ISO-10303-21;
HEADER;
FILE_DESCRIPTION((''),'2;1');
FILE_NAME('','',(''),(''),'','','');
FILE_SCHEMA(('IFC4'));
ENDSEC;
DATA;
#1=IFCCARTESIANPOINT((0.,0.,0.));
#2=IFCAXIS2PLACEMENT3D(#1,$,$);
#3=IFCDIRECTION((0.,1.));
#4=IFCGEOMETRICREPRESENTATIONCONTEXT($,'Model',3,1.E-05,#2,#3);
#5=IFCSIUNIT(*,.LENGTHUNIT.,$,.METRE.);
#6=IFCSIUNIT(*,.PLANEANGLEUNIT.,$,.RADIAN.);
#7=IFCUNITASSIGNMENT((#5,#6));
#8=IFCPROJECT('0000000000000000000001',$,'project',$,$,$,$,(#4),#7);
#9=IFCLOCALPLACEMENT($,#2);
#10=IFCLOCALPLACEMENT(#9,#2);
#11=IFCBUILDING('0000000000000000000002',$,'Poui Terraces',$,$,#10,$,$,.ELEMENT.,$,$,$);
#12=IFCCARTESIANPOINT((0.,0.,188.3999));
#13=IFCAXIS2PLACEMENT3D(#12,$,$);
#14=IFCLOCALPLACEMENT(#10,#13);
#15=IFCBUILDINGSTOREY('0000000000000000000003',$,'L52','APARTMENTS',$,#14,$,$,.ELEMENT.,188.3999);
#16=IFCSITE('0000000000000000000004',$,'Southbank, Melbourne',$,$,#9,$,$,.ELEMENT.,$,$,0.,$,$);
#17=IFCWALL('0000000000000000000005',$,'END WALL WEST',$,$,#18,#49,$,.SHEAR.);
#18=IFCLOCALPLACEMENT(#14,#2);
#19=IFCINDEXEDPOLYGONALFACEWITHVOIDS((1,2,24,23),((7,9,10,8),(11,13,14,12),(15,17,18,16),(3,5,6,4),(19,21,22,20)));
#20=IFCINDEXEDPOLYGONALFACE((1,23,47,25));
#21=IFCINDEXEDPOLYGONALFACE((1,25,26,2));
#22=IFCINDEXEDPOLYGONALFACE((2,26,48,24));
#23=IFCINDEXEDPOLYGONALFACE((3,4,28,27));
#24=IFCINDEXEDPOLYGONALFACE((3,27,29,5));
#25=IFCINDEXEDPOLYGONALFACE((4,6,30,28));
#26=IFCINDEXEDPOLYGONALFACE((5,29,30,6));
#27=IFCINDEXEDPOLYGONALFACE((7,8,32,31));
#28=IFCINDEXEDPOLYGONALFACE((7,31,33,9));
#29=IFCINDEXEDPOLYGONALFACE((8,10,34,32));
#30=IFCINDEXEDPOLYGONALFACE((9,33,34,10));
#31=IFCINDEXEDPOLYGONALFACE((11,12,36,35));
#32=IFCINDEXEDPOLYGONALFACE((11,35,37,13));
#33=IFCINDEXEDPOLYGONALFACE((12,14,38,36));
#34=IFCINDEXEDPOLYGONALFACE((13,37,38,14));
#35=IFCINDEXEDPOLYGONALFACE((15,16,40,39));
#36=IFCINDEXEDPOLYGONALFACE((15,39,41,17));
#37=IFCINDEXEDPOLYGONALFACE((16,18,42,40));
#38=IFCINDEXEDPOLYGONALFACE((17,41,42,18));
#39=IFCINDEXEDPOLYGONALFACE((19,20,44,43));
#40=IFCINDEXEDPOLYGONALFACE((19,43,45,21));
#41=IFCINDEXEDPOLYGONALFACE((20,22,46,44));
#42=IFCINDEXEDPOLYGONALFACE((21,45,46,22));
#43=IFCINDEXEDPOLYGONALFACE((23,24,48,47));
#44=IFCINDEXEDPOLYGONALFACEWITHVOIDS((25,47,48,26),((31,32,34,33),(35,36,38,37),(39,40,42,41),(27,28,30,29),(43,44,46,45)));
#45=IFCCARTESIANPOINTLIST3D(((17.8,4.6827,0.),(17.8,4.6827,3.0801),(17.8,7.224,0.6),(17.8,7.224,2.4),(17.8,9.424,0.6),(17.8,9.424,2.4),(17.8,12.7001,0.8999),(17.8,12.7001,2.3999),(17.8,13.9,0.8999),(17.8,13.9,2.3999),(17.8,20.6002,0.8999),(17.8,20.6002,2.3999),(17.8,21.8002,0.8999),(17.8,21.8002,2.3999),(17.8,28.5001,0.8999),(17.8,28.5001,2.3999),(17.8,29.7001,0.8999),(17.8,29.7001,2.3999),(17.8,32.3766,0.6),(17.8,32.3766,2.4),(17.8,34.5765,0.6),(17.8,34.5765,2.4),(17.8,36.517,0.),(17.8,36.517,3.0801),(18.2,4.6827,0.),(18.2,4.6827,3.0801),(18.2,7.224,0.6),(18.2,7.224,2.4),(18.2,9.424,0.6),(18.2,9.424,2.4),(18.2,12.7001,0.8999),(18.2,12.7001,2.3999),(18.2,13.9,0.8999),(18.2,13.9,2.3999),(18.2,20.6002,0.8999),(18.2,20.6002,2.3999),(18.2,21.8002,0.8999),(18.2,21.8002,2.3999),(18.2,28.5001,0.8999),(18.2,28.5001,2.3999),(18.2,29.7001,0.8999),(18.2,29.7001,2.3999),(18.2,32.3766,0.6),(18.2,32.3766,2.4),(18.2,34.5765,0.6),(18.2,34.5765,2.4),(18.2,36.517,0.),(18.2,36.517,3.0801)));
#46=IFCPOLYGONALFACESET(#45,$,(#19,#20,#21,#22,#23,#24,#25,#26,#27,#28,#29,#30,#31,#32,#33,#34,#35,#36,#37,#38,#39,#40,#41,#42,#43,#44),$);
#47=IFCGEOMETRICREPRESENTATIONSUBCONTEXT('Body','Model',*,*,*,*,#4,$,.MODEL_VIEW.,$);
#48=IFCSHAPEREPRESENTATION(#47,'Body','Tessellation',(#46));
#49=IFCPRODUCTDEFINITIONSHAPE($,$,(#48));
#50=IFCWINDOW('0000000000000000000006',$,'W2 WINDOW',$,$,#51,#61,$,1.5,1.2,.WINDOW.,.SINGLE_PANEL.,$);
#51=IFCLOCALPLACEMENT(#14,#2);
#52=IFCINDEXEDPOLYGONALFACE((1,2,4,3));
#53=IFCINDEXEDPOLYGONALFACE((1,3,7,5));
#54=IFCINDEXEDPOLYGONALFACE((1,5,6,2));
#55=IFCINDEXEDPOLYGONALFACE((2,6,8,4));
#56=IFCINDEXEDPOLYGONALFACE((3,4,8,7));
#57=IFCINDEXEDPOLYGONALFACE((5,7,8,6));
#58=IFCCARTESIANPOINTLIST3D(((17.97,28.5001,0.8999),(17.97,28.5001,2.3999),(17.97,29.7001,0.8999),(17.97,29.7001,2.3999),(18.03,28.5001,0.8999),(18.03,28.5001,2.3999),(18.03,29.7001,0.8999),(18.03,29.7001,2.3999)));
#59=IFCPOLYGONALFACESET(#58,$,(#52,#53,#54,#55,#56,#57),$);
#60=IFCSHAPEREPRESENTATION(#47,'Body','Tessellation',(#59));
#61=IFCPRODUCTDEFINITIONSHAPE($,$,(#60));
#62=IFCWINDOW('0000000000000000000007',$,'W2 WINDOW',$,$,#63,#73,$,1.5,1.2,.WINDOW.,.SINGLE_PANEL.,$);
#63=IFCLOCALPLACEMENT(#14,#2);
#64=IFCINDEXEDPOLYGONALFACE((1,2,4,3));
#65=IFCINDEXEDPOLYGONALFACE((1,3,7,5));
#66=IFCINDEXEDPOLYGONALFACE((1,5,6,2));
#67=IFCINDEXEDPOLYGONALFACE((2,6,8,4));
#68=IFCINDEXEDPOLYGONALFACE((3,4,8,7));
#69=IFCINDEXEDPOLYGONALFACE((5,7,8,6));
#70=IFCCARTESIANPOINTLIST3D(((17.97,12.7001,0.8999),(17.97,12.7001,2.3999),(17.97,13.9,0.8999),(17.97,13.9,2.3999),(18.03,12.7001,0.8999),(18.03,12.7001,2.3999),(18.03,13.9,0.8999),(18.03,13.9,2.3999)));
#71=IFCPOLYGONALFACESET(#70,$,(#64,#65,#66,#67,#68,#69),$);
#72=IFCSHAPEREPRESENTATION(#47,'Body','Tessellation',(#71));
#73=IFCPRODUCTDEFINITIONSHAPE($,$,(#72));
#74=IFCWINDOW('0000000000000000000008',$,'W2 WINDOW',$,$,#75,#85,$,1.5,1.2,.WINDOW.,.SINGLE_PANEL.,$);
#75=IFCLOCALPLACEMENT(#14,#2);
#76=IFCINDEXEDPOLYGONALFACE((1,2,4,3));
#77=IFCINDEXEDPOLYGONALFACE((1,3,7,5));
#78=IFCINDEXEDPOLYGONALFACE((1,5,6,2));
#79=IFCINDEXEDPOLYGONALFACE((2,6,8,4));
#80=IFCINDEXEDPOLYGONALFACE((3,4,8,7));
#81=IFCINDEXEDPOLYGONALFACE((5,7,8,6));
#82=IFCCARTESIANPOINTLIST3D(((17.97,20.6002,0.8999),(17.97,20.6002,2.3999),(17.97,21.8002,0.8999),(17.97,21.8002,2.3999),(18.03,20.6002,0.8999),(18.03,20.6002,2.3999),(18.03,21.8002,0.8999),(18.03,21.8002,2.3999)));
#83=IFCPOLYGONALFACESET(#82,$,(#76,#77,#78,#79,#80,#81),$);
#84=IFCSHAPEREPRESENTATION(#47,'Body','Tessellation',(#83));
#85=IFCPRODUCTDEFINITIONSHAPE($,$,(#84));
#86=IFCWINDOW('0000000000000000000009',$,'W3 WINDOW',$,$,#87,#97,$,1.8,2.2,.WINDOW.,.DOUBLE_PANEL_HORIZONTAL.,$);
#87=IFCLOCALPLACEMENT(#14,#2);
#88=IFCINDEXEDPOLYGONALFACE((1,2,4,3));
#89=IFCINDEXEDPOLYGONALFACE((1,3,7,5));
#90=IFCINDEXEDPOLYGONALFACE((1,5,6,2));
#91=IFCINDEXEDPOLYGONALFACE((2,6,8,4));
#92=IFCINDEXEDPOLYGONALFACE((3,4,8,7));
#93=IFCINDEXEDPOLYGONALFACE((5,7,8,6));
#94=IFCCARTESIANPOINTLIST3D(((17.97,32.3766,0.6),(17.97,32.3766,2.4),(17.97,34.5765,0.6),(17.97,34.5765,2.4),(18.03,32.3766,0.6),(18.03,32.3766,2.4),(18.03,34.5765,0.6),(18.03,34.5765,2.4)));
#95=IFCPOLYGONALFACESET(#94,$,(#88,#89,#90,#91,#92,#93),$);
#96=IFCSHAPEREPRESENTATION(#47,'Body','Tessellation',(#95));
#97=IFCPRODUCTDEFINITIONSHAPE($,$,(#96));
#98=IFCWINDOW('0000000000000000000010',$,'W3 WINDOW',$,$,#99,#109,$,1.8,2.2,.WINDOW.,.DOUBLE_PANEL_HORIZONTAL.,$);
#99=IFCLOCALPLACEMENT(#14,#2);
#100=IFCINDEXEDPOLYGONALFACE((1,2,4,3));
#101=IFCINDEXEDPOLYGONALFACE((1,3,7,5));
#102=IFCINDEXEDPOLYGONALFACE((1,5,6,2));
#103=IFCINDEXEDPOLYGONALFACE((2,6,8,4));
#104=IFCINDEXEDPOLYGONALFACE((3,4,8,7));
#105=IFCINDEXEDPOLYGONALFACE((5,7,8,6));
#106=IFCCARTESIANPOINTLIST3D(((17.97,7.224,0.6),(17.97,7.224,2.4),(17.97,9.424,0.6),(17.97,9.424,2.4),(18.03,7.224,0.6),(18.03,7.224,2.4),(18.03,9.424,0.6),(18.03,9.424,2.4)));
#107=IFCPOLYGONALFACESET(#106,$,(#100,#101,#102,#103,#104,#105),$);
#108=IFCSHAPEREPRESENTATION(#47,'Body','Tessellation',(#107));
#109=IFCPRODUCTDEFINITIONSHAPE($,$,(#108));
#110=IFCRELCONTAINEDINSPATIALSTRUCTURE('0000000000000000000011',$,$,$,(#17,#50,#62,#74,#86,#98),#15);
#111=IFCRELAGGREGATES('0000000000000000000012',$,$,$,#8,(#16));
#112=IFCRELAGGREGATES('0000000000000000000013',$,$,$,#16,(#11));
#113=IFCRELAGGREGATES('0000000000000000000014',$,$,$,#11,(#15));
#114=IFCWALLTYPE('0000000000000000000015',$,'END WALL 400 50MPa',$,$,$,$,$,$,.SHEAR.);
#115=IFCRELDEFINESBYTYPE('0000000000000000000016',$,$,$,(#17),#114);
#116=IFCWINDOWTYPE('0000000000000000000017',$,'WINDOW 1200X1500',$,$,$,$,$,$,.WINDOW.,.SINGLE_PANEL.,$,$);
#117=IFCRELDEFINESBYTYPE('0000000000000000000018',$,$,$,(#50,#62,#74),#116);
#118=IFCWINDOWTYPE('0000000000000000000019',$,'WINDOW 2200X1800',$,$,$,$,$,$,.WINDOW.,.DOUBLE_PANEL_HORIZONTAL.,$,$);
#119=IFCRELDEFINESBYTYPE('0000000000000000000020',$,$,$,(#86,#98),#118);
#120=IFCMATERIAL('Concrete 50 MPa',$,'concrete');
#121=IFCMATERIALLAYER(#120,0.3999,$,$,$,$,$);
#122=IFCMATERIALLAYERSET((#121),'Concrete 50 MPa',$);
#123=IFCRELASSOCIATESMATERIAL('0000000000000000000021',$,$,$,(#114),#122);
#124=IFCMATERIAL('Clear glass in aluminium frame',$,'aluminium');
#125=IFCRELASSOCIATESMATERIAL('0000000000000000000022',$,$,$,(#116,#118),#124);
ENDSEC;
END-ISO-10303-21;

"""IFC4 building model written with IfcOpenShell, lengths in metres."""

from ifc_helpers import new_model, si_unit, direction, frame, frame_2d, origin, place, context, subcontext, project, spatial, rectangle, extrude, material, layer, layer_set, type_object, element, fill, save


model = new_model("IFC4")

# Units and contexts
model_context = context("Model", 3, precision=1e-05, world=origin(), true_north=direction((0.0, 1.0)))
body_context = subcontext(model_context, "Body", "Model", "MODEL_VIEW")
ifc_project = project(units=[si_unit("LENGTHUNIT", "METRE"), si_unit("PLANEANGLEUNIT", "RADIAN")], contexts=[model_context])

# Site, building, storey
site_placement = place(None, origin())
site = spatial("IfcSite", under=ifc_project, at=site_placement, Name="Southbank, Melbourne", CompositionType="ELEMENT", RefElevation=0.0)
building_placement = place(site_placement, origin())
building = spatial("IfcBuilding", under=site, at=building_placement, Name="Poui Terraces", CompositionType="ELEMENT")
storey_placement = place(building_placement, frame((0.0, 0.0, 188.3999)))
storey = spatial("IfcBuildingStorey", under=building, at=storey_placement, Name="L52", Description="APARTMENTS", CompositionType="ELEMENT", Elevation=188.3999)

# Wall, openings, windows
ifc_material_1 = material(Name="Concrete 50 MPa", Category="concrete")
ifc_layer = layer(ifc_material_1, 0.3999)
ifc_layer_set = layer_set([ifc_layer], Name="Concrete 50 MPa")
wall_type = type_object("IfcWallType", Name="END WALL 400 50MPa", PredefinedType="SHEAR", material=ifc_layer_set)
wall_placement = place(storey_placement, frame((18.0, 4.6829, 0.0), z_axis=(0.0, 0.0, 1.0), x_axis=(0.0, 1.0, 0.0)))
wall = element("IfcWall", 1, at=wall_placement, inside=storey, type_object=wall_type, Name="END WALL WEST", PredefinedType="SHEAR", context=body_context, shape_type="SweptSolid", body=[
    extrude(rectangle(XDim=31.8342, YDim=0.3999, at=frame_2d((15.917, 0.0))), origin(), (0.0, 0.0, 1.0), 3.0801),
])
opening_1_placement = place(wall_placement, frame((23.8171, 0.0, 0.8999)))
opening_1 = element("IfcOpeningElement", 2, at=opening_1_placement, cuts=wall, PredefinedType="OPENING", context=body_context, shape_type="SweptSolid", body=[
    extrude(rectangle(XDim=1.2, YDim=1.5, at=frame_2d((0.6001, 0.75))), frame((0.0, 0.21, 0.0), z_axis=(0.0, -1.0, 0.0), x_axis=(1.0, 0.0, 0.0)), (0.0, 0.0, 1.0), 0.4199),
])
opening_2_placement = place(wall_placement, frame((8.0171, 0.0, 0.8999)))
opening_2 = element("IfcOpeningElement", 3, at=opening_2_placement, cuts=wall, PredefinedType="OPENING", context=body_context, shape_type="SweptSolid", body=[
    extrude(rectangle(XDim=1.2, YDim=1.5, at=frame_2d((0.6001, 0.75))), frame((0.0, 0.21, 0.0), z_axis=(0.0, -1.0, 0.0), x_axis=(1.0, 0.0, 0.0)), (0.0, 0.0, 1.0), 0.4199),
])
opening_3_placement = place(wall_placement, frame((27.6936, 0.0, 0.6001)))
opening_3 = element("IfcOpeningElement", 4, at=opening_3_placement, cuts=wall, PredefinedType="OPENING", context=body_context, shape_type="SweptSolid", body=[
    extrude(rectangle(XDim=2.2, YDim=1.8, at=frame_2d((1.1001, 0.8999))), frame((0.0, 0.21, 0.0), z_axis=(0.0, -1.0, 0.0), x_axis=(1.0, 0.0, 0.0)), (0.0, 0.0, 1.0), 0.4199),
])
opening_4_placement = place(wall_placement, frame((2.541, 0.0, 0.6001)))
opening_4 = element("IfcOpeningElement", 5, at=opening_4_placement, cuts=wall, PredefinedType="OPENING", context=body_context, shape_type="SweptSolid", body=[
    extrude(rectangle(XDim=2.2, YDim=1.8, at=frame_2d((1.1001, 0.8999))), frame((0.0, 0.21, 0.0), z_axis=(0.0, -1.0, 0.0), x_axis=(1.0, 0.0, 0.0)), (0.0, 0.0, 1.0), 0.4199),
])
opening_5_placement = place(wall_placement, frame((15.9172, 0.0, 0.8999)))
opening_5 = element("IfcOpeningElement", 6, at=opening_5_placement, cuts=wall, PredefinedType="OPENING", context=body_context, shape_type="SweptSolid", body=[
    extrude(rectangle(XDim=1.2, YDim=1.5, at=frame_2d((0.6001, 0.75))), frame((0.0, 0.21, 0.0), z_axis=(0.0, -1.0, 0.0), x_axis=(1.0, 0.0, 0.0)), (0.0, 0.0, 1.0), 0.4199),
])
ifc_material_2 = material(Name="Clear glass in aluminium frame", Category="aluminium")
window_type_1 = type_object("IfcWindowType", Name="WINDOW 1200X1500", PartitioningType="SINGLE_PANEL", PredefinedType="WINDOW", material=ifc_material_2)
window_1_placement = place(opening_1_placement, origin())
window_1 = element("IfcWindow", 7, at=window_1_placement, inside=storey, type_object=window_type_1, Name="W2 WINDOW", OverallHeight=1.5, OverallWidth=1.2, PartitioningType="SINGLE_PANEL", PredefinedType="WINDOW", context=body_context, shape_type="SweptSolid", body=[
    extrude(rectangle(XDim=1.2, YDim=1.5, at=frame_2d((0.6001, 0.75))), frame((0.0, 0.03, 0.0), z_axis=(0.0, -1.0, 0.0), x_axis=(1.0, 0.0, 0.0)), (0.0, 0.0, 1.0), 0.0601),
])
fill(opening_1, window_1)
window_2_placement = place(opening_2_placement, origin())
window_2 = element("IfcWindow", 8, at=window_2_placement, inside=storey, type_object=window_type_1, Name="W2 WINDOW", OverallHeight=1.5, OverallWidth=1.2, PartitioningType="SINGLE_PANEL", PredefinedType="WINDOW", context=body_context, shape_type="SweptSolid", body=[
    extrude(rectangle(XDim=1.2, YDim=1.5, at=frame_2d((0.6001, 0.75))), frame((0.0, 0.03, 0.0), z_axis=(0.0, -1.0, 0.0), x_axis=(1.0, 0.0, 0.0)), (0.0, 0.0, 1.0), 0.0601),
])
fill(opening_2, window_2)
window_3_placement = place(opening_5_placement, origin())
window_3 = element("IfcWindow", 9, at=window_3_placement, inside=storey, type_object=window_type_1, Name="W2 WINDOW", OverallHeight=1.5, OverallWidth=1.2, PartitioningType="SINGLE_PANEL", PredefinedType="WINDOW", context=body_context, shape_type="SweptSolid", body=[
    extrude(rectangle(XDim=1.2, YDim=1.5, at=frame_2d((0.6001, 0.75))), frame((0.0, 0.03, 0.0), z_axis=(0.0, -1.0, 0.0), x_axis=(1.0, 0.0, 0.0)), (0.0, 0.0, 1.0), 0.0601),
])
fill(opening_5, window_3)
window_type_2 = type_object("IfcWindowType", Name="WINDOW 2200X1800", PartitioningType="DOUBLE_PANEL_HORIZONTAL", PredefinedType="WINDOW", material=ifc_material_2)
window_4_placement = place(opening_3_placement, origin())
window_4 = element("IfcWindow", 10, at=window_4_placement, inside=storey, type_object=window_type_2, Name="W3 WINDOW", OverallHeight=1.8, OverallWidth=2.2, PartitioningType="DOUBLE_PANEL_HORIZONTAL", PredefinedType="WINDOW", context=body_context, shape_type="SweptSolid", body=[
    extrude(rectangle(XDim=2.2, YDim=1.8, at=frame_2d((1.1001, 0.8999))), frame((0.0, 0.03, 0.0), z_axis=(0.0, -1.0, 0.0), x_axis=(1.0, 0.0, 0.0)), (0.0, 0.0, 1.0), 0.0601),
])
fill(opening_3, window_4)
window_5_placement = place(opening_4_placement, origin())
window_5 = element("IfcWindow", 11, at=window_5_placement, inside=storey, type_object=window_type_2, Name="W3 WINDOW", OverallHeight=1.8, OverallWidth=2.2, PartitioningType="DOUBLE_PANEL_HORIZONTAL", PredefinedType="WINDOW", context=body_context, shape_type="SweptSolid", body=[
    extrude(rectangle(XDim=2.2, YDim=1.8, at=frame_2d((1.1001, 0.8999))), frame((0.0, 0.03, 0.0), z_axis=(0.0, -1.0, 0.0), x_axis=(1.0, 0.0, 0.0)), (0.0, 0.0, 1.0), 0.0601),
])
fill(opening_4, window_5)

save(model, "model.ifc")
